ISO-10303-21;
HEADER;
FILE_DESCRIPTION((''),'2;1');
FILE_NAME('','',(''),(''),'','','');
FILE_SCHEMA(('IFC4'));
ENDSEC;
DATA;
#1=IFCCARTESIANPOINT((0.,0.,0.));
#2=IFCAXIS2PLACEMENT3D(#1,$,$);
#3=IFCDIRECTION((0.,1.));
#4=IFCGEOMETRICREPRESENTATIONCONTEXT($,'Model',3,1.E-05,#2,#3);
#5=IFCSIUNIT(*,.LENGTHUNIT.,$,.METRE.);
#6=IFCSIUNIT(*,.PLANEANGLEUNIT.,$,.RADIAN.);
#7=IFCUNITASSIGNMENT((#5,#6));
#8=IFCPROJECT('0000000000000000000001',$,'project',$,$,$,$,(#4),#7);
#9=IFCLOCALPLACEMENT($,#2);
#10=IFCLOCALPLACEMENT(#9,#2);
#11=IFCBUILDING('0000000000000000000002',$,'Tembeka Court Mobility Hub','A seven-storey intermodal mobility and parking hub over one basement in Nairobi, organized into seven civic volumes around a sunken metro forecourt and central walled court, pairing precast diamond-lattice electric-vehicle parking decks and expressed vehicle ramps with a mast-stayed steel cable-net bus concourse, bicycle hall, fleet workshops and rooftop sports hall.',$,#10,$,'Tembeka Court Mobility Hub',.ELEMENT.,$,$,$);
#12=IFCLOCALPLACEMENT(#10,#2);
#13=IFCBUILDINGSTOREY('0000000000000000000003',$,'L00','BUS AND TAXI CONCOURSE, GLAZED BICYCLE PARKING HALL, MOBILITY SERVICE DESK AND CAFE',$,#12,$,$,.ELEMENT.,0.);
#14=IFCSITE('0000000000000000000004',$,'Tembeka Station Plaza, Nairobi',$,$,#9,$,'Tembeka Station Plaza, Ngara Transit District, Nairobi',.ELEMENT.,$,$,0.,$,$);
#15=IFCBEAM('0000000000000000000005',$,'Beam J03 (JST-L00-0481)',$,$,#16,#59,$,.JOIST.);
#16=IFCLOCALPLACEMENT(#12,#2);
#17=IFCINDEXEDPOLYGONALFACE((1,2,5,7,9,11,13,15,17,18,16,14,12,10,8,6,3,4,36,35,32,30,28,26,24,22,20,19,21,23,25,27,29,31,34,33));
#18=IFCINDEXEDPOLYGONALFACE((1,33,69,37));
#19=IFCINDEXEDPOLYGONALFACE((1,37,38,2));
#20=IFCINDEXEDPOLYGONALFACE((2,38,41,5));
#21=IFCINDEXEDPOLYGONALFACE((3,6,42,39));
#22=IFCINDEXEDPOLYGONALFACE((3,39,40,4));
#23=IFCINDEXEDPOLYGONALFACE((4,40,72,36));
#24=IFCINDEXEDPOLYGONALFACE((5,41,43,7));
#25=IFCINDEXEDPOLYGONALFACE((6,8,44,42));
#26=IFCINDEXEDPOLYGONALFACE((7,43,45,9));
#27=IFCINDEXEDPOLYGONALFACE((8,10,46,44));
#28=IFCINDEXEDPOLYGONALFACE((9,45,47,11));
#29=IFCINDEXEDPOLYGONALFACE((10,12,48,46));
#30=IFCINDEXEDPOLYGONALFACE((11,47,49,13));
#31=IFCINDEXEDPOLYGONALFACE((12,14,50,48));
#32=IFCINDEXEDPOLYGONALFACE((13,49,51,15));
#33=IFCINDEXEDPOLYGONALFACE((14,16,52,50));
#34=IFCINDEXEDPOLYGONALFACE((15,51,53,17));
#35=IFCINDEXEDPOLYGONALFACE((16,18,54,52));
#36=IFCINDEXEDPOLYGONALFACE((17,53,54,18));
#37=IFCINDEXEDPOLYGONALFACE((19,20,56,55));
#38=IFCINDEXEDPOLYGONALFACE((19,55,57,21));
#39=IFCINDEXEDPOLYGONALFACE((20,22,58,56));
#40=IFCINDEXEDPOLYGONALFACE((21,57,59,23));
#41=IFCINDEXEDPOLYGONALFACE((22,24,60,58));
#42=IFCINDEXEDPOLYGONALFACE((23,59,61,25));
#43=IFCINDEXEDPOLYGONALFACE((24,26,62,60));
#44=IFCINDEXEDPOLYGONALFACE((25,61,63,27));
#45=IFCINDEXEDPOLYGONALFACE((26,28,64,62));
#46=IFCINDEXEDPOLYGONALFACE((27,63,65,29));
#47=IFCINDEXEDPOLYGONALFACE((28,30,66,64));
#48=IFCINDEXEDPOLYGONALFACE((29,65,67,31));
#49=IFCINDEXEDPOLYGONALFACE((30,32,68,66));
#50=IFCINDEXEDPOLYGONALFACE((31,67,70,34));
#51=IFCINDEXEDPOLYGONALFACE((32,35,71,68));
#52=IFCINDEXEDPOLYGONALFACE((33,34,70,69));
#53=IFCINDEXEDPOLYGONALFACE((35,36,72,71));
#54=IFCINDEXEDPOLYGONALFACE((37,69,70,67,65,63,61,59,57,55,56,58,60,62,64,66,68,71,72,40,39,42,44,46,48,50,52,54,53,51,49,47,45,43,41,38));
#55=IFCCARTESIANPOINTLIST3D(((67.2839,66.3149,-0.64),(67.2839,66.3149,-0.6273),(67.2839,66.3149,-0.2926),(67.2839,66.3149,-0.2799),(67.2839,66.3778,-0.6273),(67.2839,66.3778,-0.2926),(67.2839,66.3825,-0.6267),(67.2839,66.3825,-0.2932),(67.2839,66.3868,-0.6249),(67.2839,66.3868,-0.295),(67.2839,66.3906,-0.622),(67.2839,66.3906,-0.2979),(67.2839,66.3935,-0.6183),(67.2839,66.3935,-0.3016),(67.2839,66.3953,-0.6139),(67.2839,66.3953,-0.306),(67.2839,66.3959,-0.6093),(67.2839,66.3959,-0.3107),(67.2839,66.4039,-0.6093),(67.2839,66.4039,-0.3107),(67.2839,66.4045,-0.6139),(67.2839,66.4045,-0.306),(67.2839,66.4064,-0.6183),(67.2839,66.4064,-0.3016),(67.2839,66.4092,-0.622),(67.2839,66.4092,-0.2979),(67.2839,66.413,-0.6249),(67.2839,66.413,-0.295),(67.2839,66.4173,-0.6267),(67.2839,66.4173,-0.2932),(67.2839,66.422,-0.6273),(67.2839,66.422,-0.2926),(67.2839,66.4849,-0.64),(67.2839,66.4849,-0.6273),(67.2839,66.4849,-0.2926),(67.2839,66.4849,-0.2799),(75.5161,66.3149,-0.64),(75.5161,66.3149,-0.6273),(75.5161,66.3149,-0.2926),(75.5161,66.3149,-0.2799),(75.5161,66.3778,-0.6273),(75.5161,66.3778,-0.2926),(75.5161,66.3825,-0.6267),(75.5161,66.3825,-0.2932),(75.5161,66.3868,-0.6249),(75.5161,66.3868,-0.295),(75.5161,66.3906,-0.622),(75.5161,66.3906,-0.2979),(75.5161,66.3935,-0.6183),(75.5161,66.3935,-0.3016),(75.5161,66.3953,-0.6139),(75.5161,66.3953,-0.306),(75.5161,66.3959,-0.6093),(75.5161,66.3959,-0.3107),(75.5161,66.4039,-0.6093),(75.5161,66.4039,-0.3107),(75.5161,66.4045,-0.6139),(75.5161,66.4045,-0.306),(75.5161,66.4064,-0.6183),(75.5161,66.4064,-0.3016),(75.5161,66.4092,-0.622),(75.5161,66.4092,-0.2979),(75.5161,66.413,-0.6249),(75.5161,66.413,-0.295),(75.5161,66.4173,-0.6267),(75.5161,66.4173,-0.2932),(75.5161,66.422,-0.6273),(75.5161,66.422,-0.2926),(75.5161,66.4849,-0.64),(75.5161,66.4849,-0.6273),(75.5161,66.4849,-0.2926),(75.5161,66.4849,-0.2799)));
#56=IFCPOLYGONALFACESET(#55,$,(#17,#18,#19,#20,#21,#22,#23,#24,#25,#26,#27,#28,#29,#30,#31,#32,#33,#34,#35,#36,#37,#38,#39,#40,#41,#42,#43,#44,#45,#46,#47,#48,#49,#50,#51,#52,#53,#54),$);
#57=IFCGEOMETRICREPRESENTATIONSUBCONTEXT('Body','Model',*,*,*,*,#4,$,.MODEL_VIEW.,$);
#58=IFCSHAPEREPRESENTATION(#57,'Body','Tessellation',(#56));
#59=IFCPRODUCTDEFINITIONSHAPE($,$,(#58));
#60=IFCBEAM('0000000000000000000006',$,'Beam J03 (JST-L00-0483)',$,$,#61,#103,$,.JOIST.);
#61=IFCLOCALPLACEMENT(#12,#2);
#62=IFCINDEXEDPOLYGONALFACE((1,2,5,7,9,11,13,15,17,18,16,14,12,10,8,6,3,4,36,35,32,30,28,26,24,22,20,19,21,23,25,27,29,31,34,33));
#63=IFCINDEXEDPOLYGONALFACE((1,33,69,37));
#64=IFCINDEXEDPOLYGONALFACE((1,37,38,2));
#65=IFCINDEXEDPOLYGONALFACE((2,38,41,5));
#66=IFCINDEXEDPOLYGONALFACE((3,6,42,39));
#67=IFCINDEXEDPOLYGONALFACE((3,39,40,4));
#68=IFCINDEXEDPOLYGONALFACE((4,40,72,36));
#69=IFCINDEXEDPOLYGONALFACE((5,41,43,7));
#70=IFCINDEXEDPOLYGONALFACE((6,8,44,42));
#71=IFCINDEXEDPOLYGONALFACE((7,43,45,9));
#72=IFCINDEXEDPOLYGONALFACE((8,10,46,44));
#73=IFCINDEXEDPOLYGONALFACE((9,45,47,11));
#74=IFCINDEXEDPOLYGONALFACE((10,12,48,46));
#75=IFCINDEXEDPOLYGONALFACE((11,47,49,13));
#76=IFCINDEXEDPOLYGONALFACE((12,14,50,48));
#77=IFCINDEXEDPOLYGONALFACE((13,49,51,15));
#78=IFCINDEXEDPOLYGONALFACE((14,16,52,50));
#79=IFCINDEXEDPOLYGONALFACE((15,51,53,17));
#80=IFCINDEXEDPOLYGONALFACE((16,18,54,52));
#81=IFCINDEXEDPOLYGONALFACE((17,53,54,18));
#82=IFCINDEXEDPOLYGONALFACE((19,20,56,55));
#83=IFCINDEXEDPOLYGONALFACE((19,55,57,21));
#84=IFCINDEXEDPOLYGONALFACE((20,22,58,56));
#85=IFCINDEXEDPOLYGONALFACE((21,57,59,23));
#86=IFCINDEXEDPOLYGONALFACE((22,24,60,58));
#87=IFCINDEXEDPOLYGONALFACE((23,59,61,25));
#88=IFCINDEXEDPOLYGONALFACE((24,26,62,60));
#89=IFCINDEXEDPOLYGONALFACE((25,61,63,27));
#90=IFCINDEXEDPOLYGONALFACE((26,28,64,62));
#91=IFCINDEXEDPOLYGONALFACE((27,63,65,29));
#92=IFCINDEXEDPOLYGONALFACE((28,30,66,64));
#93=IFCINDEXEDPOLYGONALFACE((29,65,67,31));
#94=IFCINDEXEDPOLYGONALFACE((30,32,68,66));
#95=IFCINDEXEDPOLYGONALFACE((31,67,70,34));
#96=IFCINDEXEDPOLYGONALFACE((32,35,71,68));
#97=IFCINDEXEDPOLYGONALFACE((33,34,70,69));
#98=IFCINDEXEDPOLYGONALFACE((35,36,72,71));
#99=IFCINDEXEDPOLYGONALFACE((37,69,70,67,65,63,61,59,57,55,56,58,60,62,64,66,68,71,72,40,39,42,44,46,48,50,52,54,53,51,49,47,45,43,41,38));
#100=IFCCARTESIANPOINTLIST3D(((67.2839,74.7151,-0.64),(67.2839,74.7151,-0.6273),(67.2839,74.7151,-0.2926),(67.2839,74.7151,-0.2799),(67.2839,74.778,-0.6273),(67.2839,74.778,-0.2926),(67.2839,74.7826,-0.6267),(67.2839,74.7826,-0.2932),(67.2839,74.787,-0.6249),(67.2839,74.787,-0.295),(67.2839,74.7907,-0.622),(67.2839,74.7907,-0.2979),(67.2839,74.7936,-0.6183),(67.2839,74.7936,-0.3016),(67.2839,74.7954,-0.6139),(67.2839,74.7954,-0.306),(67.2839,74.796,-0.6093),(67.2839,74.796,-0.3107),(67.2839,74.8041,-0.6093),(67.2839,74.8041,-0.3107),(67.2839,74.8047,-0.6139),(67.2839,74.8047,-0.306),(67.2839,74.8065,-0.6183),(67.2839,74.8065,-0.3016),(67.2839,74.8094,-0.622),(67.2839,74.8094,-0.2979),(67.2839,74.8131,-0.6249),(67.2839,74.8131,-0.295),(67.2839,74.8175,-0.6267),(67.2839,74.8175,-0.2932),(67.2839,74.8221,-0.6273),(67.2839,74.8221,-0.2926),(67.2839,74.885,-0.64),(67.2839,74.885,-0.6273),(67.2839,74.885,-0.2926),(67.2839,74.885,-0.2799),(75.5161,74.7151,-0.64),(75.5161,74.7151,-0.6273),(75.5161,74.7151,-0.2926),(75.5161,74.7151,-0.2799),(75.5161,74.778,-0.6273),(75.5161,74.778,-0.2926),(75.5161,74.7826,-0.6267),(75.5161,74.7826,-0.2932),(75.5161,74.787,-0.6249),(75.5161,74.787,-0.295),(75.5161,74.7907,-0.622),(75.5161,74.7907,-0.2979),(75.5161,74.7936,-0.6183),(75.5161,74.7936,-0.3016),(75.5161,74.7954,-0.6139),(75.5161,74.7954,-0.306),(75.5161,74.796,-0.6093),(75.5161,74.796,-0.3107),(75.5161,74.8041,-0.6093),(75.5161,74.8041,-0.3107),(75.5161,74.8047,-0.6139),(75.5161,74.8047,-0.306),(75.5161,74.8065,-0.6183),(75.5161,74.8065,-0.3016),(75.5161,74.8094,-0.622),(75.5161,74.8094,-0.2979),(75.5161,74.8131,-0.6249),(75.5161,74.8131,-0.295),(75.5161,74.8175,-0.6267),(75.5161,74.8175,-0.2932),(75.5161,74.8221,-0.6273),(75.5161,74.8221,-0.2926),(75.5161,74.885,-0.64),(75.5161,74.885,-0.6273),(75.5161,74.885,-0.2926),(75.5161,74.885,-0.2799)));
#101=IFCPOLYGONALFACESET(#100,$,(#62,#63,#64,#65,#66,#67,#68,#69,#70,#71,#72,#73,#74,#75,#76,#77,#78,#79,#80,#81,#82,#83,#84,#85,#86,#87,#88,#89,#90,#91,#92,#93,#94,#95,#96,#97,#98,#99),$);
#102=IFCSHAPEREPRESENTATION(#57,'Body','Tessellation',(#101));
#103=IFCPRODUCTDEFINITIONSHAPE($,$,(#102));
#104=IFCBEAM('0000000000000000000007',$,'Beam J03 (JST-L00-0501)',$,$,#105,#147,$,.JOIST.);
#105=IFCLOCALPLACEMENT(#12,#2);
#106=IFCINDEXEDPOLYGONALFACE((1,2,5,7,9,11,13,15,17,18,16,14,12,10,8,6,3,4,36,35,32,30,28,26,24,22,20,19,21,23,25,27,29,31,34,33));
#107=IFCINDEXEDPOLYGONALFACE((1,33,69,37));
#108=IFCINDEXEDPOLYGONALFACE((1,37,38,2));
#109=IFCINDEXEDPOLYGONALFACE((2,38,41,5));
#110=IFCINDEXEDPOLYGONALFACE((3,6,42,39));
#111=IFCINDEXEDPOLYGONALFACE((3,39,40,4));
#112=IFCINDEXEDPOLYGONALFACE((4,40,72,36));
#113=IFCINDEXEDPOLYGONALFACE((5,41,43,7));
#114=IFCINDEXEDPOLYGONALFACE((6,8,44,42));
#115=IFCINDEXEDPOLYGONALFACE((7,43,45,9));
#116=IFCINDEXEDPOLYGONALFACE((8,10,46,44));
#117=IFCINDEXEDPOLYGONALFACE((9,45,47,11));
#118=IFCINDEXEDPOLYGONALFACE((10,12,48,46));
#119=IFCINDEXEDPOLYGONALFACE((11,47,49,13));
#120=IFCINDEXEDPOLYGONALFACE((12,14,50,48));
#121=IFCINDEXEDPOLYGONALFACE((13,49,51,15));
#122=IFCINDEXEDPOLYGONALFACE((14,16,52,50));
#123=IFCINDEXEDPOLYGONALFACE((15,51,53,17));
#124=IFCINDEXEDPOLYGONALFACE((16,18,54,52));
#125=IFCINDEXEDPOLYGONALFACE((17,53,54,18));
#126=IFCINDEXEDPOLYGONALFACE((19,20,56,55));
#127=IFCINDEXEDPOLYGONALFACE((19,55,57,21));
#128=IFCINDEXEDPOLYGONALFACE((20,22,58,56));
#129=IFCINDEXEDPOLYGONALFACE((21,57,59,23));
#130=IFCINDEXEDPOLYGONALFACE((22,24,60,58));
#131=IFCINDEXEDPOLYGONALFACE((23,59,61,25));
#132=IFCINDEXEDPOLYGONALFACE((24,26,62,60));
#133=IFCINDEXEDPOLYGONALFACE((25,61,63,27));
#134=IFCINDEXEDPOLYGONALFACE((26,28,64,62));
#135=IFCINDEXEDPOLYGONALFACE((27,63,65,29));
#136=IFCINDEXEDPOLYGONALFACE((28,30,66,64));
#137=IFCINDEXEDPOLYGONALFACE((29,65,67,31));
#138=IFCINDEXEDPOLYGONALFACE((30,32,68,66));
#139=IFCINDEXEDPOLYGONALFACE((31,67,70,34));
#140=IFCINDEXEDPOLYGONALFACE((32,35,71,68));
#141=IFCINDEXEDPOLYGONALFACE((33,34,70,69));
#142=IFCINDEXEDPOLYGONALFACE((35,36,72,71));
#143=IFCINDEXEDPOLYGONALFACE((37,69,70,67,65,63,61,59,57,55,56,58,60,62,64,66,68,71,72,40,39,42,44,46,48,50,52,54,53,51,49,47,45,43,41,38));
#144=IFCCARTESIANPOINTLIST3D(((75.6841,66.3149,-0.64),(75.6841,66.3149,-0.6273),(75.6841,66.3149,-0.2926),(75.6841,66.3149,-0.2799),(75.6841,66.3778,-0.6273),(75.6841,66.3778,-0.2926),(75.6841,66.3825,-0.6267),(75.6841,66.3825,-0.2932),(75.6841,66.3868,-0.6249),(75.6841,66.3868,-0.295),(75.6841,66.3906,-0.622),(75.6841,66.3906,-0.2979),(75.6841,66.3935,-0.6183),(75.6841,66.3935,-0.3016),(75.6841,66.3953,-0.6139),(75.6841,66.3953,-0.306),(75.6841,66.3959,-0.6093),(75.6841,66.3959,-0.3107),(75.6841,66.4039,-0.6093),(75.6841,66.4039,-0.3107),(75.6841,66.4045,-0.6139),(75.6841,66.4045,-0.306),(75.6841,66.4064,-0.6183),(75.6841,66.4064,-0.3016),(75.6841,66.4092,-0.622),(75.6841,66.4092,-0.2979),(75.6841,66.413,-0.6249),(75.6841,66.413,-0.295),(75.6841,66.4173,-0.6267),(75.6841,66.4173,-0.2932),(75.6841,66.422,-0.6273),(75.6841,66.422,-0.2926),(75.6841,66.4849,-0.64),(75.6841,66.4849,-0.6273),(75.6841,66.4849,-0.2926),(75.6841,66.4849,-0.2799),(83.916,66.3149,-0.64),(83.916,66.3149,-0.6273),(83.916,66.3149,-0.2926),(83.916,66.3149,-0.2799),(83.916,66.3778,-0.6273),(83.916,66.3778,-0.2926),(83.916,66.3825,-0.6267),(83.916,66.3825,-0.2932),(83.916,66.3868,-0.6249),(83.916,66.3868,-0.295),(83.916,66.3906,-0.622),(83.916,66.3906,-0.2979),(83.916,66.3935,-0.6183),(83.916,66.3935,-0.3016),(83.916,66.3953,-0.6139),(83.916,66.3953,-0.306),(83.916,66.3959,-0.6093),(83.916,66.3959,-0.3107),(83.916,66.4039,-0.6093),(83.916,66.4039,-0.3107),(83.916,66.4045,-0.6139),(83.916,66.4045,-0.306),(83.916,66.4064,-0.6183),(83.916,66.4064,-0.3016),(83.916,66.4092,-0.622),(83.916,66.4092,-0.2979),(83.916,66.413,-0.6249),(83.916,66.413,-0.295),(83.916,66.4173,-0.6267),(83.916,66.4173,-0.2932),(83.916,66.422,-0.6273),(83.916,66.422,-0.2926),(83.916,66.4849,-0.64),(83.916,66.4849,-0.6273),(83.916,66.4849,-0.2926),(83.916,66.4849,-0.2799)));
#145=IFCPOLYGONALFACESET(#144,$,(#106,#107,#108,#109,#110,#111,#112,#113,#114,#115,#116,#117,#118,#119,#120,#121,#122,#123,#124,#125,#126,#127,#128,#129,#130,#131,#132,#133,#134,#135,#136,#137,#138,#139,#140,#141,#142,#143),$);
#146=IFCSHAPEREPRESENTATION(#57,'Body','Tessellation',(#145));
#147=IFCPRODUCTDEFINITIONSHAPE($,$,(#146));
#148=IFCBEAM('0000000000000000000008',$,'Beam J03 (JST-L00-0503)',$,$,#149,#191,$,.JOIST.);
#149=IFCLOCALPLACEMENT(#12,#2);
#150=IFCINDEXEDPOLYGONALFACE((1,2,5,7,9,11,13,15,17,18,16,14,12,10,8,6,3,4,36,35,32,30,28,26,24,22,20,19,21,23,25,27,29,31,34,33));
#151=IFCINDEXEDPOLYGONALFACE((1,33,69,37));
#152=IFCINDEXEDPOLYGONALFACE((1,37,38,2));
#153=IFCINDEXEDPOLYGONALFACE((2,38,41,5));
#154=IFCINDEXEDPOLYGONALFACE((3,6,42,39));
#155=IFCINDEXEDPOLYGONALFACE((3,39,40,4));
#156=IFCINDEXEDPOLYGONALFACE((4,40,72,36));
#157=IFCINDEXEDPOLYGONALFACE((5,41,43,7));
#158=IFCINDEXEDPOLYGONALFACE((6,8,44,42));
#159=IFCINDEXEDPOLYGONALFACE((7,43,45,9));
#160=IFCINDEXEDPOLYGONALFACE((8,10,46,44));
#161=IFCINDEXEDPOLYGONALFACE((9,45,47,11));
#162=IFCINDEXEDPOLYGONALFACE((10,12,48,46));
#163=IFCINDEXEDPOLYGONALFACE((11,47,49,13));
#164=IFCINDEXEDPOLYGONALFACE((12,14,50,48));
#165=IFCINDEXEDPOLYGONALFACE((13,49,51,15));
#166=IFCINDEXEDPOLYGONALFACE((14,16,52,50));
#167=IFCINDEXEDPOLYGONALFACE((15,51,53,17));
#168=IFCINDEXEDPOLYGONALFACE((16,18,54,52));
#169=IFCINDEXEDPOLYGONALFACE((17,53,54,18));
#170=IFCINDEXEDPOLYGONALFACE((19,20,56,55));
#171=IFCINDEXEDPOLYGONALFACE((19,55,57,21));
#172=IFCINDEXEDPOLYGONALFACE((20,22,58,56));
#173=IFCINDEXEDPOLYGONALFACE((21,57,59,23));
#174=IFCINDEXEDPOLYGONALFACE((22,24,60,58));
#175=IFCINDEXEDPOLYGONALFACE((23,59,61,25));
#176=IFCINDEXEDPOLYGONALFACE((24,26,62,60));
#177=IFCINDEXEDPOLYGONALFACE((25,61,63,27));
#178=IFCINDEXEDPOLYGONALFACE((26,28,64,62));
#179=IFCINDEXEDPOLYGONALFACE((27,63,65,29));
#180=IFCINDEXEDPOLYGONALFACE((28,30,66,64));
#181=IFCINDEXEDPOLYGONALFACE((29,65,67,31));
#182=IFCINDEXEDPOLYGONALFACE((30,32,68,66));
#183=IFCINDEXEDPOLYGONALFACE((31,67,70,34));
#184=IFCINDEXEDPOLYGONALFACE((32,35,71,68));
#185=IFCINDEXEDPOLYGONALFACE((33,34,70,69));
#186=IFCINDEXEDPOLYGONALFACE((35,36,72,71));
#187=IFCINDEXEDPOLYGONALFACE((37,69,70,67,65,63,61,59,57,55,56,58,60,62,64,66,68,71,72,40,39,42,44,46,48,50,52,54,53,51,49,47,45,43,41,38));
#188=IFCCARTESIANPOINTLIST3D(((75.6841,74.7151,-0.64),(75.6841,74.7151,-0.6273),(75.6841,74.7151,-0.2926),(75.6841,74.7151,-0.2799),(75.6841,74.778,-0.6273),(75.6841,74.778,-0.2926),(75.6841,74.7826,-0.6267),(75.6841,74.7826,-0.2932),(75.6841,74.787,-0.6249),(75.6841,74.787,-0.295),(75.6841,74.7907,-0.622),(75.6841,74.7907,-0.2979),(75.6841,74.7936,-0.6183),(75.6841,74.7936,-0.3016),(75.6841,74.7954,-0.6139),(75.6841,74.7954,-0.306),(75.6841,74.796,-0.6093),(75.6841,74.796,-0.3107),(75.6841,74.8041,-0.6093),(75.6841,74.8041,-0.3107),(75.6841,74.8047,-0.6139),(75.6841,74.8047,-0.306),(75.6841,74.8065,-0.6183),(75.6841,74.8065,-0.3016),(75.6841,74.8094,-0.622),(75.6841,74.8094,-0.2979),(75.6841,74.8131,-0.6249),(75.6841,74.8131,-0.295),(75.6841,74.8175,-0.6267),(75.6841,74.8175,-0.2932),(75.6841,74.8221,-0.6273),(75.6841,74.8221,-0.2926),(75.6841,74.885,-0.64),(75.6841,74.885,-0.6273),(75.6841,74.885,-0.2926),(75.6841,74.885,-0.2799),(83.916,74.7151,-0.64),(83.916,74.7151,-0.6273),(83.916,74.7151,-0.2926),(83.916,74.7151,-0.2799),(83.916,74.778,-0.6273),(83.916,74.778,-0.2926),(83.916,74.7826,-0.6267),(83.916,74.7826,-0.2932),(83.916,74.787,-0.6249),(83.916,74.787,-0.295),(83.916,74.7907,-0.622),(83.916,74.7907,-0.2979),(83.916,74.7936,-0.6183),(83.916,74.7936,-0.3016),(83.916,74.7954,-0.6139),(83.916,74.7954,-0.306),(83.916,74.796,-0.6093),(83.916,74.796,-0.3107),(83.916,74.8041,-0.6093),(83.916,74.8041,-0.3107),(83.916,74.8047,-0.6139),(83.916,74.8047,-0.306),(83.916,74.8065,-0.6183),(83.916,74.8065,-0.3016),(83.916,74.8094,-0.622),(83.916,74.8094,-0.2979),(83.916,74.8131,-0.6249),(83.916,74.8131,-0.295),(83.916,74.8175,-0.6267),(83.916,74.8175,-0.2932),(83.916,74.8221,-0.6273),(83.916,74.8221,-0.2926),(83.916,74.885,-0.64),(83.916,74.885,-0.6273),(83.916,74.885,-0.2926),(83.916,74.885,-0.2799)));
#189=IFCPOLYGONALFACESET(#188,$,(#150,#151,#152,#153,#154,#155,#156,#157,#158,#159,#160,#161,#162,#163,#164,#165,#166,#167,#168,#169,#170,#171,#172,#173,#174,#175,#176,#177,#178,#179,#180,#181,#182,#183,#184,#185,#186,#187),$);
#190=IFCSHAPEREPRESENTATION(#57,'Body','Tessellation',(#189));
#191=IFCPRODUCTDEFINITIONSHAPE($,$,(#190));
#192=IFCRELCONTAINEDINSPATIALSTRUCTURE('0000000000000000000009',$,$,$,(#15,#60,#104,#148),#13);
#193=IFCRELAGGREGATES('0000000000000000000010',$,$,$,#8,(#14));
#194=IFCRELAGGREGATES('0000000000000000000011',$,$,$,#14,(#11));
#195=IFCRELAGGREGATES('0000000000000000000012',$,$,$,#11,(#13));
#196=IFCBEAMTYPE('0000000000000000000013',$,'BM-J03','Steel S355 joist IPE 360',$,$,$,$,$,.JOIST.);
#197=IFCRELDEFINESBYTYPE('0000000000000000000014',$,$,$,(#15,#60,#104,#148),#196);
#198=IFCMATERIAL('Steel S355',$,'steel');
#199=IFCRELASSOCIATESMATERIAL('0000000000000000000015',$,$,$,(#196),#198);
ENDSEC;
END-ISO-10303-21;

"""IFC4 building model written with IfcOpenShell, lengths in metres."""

from ifc_helpers import new_model, si_unit, direction, frame, origin, origin_2d, place, context, subcontext, project, spatial, i_section, extrude, material, material_profile, profile_set, type_object, element, save


model = new_model("IFC4")

# Units and contexts
model_context = context("Model", 3, precision=1e-05, world=origin(), true_north=direction((0.0, 1.0)))
body_context = subcontext(model_context, "Body", "Model", "MODEL_VIEW")
ifc_project = project(units=[si_unit("LENGTHUNIT", "METRE"), si_unit("PLANEANGLEUNIT", "RADIAN")], contexts=[model_context])

# Site, building, storey
site_placement = place(None, origin())
site = spatial("IfcSite", under=ifc_project, at=site_placement, Name="Tembeka Station Plaza, Nairobi", LongName="Tembeka Station Plaza, Ngara Transit District, Nairobi", CompositionType="ELEMENT", RefElevation=0.0)
building_placement = place(site_placement, origin())
building = spatial("IfcBuilding", under=site, at=building_placement, Name="Tembeka Court Mobility Hub", Description="A seven-storey intermodal mobility and parking hub over one basement in Nairobi, organized into seven civic volumes around a sunken metro forecourt and central walled court, pairing precast diamond-lattice electric-vehicle parking decks and expressed vehicle ramps with a mast-stayed steel cable-net bus concourse, bicycle hall, fleet workshops and rooftop sports hall.", LongName="Tembeka Court Mobility Hub", CompositionType="ELEMENT")
storey_placement = place(building_placement, origin())
storey = spatial("IfcBuildingStorey", under=building, at=storey_placement, Name="L00", Description="BUS AND TAXI CONCOURSE, GLAZED BICYCLE PARKING HALL, MOBILITY SERVICE DESK AND CAFE", CompositionType="ELEMENT", Elevation=0.0)

# Shared definitions
ifc_material = material(Name="Steel S355", Category="steel")

# Beams
ifc_material_profile_1 = material_profile(ifc_material, i_section(OverallWidth=0.1699, OverallDepth=0.3601, WebThickness=0.0081, FlangeThickness=0.0127, FilletRadius=0.0181, at=origin_2d()), Name="IPE 360")
ifc_profile_set_1 = profile_set([ifc_material_profile_1], Name="Steel S355")
beam_type_1 = type_object("IfcBeamType", Name="BM-J03", Description="Steel S355 joist IPE 360", PredefinedType="JOIST", material=ifc_profile_set_1)
for number, where, z_axis, x_axis, name in (
    (1, (67.2839, 66.3999, -0.46), (1.0, 0.0, 0.0), (0.0, 1.0, 0.0), "Beam J03 (JST-L00-0481)"),
    (2, (67.2839, 74.8, -0.46), (1.0, 0.0, 0.0), (0.0, 1.0, 0.0), "Beam J03 (JST-L00-0483)"),
):
    element("IfcBeam", number, at=place(storey_placement, frame(where, z_axis=z_axis, x_axis=x_axis)), inside=storey, type_object=beam_type_1, Name=name, PredefinedType="JOIST", context=body_context, shape_type="SweptSolid", body=[
        extrude(i_section(OverallWidth=0.1699, OverallDepth=0.3601, WebThickness=0.0081, FlangeThickness=0.0127, FilletRadius=0.0181, at=origin_2d()), origin(), (0.0, 0.0, 1.0), 8.2322),
    ])
for number, where, z_axis, x_axis, name in (
    (3, (75.6841, 66.3999, -0.46), (1.0, 0.0, 0.0), (0.0, 1.0, 0.0), "Beam J03 (JST-L00-0501)"),
    (4, (75.6841, 74.8, -0.46), (1.0, 0.0, 0.0), (0.0, 1.0, 0.0), "Beam J03 (JST-L00-0503)"),
):
    element("IfcBeam", number, at=place(storey_placement, frame(where, z_axis=z_axis, x_axis=x_axis)), inside=storey, type_object=beam_type_1, Name=name, PredefinedType="JOIST", context=body_context, shape_type="SweptSolid", body=[
        extrude(i_section(OverallWidth=0.1699, OverallDepth=0.3601, WebThickness=0.0081, FlangeThickness=0.0127, FilletRadius=0.0181, at=origin_2d()), origin(), (0.0, 0.0, 1.0), 8.2319),
    ])

save(model, "model.ifc")
